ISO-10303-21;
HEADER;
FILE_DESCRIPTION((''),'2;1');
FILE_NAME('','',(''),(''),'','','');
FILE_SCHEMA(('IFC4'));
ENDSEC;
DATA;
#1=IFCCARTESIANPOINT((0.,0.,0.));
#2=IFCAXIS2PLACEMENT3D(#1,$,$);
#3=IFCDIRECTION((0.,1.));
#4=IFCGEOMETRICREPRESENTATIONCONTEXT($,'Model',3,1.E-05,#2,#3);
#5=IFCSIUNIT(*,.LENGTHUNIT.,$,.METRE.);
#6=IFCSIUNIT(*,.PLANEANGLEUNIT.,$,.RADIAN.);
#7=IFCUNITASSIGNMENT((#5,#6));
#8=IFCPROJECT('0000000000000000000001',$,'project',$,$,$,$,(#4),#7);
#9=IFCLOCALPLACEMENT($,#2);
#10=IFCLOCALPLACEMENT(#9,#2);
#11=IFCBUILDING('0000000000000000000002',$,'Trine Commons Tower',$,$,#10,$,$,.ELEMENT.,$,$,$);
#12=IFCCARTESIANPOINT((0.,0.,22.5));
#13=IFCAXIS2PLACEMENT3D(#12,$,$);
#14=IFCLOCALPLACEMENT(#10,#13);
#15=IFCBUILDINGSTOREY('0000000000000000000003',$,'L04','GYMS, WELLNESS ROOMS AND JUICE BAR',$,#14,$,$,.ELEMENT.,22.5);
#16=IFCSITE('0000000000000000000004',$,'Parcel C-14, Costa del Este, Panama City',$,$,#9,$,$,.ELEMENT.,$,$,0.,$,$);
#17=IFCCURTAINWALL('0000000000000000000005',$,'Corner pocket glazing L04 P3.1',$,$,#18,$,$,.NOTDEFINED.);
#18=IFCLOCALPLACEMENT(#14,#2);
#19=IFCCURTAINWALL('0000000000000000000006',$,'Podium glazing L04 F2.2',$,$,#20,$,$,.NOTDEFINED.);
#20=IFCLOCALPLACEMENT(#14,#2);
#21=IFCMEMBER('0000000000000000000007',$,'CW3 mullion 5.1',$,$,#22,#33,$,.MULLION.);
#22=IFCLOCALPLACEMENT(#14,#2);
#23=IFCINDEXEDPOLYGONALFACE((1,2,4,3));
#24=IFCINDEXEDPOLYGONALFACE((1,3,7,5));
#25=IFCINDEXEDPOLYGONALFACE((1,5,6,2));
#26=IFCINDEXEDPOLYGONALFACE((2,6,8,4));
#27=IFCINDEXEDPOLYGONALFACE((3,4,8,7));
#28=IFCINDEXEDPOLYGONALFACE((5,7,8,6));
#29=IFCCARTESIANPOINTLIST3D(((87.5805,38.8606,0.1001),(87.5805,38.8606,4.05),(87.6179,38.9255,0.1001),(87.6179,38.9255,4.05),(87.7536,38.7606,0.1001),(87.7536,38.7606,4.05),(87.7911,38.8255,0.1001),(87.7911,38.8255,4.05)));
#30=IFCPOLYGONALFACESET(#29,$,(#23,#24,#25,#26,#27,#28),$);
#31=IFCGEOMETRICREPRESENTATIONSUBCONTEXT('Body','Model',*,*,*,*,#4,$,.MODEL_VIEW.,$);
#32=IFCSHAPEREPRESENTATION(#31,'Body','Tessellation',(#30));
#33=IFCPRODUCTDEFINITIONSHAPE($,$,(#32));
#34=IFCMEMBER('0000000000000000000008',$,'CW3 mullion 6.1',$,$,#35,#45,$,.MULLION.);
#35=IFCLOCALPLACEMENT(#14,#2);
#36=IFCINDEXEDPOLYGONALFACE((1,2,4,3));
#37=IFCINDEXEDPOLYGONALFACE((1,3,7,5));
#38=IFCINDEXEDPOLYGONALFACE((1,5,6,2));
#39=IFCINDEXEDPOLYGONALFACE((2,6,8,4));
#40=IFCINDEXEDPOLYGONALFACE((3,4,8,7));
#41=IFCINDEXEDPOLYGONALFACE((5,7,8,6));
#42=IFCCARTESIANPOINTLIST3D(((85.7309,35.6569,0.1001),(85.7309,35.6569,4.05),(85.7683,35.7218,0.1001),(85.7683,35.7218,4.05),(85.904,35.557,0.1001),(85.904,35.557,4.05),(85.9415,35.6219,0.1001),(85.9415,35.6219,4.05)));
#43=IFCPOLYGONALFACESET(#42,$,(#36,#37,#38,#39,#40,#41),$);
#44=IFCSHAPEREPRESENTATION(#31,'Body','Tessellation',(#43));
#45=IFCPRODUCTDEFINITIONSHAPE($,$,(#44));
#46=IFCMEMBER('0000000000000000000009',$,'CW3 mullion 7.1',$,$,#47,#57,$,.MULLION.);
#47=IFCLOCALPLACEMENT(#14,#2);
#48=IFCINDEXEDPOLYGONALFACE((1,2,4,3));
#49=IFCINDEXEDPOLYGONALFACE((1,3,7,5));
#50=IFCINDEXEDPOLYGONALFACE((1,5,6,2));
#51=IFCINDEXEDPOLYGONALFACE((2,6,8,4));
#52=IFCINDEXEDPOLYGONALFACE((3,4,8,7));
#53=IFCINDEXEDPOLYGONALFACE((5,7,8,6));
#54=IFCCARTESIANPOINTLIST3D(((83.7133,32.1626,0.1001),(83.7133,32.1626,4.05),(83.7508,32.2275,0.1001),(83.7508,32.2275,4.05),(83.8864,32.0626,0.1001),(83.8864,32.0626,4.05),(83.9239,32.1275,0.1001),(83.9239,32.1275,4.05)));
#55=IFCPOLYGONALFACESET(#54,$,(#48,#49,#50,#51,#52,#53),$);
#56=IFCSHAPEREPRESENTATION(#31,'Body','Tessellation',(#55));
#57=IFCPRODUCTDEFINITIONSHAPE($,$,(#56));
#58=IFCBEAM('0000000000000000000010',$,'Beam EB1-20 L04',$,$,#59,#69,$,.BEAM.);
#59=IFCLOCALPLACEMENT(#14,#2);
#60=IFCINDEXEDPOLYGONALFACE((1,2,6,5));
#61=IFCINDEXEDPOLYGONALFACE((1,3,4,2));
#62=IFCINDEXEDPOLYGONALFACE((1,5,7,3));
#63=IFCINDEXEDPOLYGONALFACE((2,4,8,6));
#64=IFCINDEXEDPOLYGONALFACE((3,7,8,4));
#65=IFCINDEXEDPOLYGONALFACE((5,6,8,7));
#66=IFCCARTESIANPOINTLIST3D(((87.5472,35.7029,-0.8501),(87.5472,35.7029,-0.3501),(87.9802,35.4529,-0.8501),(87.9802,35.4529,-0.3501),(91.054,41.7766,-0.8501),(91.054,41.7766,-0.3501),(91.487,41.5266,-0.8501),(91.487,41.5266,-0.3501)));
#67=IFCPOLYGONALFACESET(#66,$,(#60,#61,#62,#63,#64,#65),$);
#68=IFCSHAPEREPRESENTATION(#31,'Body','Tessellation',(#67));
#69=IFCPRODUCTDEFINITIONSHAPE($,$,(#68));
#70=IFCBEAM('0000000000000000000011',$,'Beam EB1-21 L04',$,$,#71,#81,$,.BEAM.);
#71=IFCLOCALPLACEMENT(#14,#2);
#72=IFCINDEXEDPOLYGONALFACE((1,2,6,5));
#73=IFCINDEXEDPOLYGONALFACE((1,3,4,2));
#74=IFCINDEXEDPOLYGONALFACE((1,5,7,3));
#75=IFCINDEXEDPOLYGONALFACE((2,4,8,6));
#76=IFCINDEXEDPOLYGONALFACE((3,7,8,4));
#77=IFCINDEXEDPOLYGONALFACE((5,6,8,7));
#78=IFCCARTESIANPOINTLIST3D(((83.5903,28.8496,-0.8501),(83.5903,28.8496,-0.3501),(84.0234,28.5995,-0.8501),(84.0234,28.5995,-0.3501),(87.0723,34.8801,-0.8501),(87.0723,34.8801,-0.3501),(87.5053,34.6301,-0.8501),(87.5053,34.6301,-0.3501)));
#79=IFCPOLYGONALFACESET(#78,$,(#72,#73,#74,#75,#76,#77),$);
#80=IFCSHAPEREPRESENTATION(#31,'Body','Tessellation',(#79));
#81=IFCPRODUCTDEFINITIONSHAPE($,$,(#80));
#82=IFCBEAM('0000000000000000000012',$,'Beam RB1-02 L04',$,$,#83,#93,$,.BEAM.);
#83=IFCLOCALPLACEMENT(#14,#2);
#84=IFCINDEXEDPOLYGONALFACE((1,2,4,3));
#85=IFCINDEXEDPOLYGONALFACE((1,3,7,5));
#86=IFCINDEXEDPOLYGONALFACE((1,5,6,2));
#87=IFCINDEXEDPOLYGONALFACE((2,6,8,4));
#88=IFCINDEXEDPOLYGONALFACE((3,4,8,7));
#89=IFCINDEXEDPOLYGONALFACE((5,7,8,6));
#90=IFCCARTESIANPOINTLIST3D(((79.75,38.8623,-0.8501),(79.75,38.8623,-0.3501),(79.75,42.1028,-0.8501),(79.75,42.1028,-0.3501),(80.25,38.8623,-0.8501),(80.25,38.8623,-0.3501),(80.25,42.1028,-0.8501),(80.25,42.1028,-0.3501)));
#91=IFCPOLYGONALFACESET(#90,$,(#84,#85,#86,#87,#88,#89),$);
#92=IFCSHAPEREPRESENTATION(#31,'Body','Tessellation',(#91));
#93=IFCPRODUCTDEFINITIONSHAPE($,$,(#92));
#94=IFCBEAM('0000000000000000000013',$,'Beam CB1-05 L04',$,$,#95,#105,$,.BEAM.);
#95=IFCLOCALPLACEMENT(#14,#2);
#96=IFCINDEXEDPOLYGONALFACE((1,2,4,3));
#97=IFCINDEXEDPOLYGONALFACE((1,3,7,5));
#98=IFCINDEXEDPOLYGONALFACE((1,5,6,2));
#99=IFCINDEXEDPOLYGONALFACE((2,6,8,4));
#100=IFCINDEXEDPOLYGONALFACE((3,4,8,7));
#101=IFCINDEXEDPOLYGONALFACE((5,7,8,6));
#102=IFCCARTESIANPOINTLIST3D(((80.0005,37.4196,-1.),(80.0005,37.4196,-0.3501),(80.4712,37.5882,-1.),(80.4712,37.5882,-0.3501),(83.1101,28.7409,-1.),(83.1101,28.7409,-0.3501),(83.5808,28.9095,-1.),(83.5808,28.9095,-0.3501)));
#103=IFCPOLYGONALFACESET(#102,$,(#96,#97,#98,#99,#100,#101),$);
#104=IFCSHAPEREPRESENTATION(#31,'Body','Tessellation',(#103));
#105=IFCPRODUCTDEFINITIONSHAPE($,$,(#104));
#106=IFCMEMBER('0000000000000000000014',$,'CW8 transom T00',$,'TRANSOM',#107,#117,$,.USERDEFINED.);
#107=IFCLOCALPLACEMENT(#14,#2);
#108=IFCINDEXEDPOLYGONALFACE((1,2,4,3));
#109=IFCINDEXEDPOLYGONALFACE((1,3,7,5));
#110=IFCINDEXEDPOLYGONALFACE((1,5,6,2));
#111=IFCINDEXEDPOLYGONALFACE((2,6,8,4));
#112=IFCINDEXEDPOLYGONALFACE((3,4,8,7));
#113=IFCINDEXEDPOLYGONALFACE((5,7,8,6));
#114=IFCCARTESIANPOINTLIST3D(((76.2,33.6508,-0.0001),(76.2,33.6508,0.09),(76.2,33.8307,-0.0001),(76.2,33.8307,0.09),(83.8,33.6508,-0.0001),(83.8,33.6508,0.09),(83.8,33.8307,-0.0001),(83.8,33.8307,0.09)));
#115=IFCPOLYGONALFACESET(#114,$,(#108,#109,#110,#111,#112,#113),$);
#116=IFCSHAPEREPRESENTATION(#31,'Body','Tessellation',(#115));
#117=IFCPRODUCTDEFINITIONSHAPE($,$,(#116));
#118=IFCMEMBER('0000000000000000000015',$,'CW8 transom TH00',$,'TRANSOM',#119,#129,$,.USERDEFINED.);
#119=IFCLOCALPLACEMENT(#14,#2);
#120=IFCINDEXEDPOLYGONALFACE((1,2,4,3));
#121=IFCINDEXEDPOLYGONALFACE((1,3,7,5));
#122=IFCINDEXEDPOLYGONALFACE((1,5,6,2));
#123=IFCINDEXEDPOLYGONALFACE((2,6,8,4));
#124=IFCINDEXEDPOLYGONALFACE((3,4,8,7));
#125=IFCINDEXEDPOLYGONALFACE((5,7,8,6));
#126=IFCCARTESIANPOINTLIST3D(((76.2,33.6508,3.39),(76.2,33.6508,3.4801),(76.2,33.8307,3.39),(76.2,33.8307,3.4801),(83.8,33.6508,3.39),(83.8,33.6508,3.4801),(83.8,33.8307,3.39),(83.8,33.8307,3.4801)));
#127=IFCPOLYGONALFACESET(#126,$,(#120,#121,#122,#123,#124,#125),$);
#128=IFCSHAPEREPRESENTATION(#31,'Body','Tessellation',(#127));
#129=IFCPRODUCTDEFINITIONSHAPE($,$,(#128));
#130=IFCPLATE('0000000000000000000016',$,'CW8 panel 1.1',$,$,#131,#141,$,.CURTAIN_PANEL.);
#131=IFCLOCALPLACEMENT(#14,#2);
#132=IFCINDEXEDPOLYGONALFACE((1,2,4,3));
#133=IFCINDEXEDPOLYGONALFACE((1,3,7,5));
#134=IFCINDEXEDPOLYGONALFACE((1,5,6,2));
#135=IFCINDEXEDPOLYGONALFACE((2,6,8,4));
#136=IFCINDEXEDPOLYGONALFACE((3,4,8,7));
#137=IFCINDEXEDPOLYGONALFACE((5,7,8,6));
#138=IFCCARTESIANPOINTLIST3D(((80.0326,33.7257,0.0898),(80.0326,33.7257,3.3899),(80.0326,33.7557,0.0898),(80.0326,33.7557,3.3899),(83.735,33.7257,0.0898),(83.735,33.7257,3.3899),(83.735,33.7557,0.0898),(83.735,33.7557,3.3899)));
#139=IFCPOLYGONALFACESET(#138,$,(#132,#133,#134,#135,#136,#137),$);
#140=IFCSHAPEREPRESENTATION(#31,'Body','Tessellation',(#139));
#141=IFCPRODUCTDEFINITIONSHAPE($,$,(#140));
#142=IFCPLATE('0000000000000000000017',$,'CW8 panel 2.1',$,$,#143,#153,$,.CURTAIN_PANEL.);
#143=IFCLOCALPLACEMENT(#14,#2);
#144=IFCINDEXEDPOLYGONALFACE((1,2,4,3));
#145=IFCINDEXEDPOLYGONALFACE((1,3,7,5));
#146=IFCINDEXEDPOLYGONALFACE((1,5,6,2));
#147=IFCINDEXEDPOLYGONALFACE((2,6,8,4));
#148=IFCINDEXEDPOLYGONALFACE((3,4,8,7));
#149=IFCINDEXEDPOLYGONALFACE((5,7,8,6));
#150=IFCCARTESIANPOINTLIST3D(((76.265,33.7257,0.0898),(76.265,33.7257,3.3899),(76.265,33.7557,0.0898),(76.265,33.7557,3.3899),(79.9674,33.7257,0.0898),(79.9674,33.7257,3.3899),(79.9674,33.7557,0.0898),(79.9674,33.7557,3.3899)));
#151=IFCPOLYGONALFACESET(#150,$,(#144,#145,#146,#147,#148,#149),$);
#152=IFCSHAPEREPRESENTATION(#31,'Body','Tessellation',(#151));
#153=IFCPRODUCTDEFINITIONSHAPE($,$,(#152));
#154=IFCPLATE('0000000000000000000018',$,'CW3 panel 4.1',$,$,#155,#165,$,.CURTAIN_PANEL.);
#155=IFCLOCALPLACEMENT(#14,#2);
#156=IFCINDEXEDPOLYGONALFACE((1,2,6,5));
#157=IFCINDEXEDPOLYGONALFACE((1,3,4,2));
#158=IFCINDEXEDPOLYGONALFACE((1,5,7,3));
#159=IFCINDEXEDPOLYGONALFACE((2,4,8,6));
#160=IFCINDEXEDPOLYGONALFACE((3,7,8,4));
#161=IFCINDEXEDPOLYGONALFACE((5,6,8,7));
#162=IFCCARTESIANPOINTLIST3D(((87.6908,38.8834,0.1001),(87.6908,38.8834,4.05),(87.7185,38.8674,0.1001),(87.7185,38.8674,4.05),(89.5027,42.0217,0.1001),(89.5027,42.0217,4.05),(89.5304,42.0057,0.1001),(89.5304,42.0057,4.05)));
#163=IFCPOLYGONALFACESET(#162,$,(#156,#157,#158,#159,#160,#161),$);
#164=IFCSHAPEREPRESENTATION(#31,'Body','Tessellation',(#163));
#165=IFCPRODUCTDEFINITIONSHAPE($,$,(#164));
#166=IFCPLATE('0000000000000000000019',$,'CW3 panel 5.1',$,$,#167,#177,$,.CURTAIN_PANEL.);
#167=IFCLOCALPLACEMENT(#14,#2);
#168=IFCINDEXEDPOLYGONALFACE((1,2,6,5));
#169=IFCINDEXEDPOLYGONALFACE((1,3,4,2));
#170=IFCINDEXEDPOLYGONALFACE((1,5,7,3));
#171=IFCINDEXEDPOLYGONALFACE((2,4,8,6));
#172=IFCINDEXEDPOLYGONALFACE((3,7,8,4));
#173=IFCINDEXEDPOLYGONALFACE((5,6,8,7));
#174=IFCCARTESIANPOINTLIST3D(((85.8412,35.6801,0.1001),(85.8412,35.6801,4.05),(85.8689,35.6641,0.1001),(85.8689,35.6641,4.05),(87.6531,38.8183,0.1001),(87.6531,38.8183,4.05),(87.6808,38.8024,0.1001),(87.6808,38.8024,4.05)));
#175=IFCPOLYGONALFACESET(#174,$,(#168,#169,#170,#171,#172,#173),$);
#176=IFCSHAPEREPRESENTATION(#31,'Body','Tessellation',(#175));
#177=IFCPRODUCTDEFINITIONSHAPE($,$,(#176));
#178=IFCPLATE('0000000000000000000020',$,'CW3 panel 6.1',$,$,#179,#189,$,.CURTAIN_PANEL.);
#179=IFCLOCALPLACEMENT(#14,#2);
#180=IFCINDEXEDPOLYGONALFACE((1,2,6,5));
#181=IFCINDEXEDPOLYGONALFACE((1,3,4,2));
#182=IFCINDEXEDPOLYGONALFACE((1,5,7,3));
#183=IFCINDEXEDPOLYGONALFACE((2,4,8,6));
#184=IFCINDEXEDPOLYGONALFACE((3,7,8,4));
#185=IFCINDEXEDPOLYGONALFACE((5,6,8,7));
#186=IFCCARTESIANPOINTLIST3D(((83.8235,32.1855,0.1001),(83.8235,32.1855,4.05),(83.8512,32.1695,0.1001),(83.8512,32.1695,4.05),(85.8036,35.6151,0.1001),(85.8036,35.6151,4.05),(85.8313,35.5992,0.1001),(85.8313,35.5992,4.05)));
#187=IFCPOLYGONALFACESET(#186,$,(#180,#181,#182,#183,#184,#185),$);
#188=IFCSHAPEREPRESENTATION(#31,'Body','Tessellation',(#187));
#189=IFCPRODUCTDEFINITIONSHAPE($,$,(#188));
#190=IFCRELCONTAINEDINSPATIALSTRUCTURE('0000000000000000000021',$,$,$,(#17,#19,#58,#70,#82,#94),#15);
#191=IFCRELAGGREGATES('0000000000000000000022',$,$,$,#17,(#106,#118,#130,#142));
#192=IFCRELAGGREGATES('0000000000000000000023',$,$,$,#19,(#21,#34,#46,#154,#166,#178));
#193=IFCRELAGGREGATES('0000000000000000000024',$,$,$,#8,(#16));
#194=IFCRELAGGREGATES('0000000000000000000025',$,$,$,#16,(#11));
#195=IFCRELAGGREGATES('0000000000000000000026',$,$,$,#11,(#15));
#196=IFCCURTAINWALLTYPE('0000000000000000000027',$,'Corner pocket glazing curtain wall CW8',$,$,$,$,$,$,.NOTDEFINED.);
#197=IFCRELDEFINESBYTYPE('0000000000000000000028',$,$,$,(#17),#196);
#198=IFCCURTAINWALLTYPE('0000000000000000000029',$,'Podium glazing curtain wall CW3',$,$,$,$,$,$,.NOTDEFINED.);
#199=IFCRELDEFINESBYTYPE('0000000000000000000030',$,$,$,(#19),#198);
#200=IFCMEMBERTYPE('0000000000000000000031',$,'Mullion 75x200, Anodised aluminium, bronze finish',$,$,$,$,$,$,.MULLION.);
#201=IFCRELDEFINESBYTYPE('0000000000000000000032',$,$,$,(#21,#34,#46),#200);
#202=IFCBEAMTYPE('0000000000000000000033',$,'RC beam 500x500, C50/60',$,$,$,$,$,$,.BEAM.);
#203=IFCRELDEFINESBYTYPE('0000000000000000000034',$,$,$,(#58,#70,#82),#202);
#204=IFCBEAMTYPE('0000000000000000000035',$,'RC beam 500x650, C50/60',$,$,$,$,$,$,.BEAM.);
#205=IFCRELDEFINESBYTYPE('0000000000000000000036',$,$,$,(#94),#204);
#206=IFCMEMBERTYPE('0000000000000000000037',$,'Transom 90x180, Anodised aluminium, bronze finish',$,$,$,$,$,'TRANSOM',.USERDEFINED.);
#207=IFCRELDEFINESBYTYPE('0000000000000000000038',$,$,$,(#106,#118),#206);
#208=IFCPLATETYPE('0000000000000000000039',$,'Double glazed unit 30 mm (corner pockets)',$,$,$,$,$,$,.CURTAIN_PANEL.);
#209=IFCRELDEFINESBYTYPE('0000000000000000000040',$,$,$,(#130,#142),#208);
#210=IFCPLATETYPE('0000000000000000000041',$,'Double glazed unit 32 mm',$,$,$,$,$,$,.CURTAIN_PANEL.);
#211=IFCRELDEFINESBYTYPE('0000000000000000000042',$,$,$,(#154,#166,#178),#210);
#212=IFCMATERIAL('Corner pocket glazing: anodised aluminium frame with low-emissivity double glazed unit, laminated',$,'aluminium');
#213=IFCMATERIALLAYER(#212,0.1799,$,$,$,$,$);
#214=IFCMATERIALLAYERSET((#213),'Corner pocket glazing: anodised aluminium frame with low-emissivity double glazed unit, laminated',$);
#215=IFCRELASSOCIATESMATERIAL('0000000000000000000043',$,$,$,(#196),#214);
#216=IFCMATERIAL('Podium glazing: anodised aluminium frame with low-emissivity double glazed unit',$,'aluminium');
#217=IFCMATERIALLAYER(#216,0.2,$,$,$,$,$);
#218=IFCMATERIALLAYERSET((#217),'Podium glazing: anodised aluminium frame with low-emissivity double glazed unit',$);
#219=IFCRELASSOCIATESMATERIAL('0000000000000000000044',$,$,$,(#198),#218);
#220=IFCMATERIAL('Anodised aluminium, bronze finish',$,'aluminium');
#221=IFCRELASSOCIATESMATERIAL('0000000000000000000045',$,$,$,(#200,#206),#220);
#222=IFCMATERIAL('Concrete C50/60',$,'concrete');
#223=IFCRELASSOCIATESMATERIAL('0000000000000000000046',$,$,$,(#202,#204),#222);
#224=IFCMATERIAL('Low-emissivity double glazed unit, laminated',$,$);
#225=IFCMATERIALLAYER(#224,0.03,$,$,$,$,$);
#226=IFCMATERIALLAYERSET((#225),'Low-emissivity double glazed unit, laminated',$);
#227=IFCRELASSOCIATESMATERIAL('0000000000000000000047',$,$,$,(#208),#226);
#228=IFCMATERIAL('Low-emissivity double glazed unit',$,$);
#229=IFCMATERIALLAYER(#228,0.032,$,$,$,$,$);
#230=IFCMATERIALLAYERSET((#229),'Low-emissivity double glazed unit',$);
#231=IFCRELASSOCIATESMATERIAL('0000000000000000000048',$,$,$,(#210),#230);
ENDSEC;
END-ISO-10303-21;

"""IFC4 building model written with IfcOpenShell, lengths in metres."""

from ifc_helpers import new_model, si_unit, direction, frame, origin, origin_2d, place, context, subcontext, project, spatial, rectangle, extrude, material, layer, layer_set, material_profile, profile_set, type_object, element, aggregate, save


model = new_model("IFC4")

# Units and contexts
model_context = context("Model", 3, precision=1e-05, world=origin(), true_north=direction((0.0, 1.0)))
body_context = subcontext(model_context, "Body", "Model", "MODEL_VIEW")
ifc_project = project(units=[si_unit("LENGTHUNIT", "METRE"), si_unit("PLANEANGLEUNIT", "RADIAN")], contexts=[model_context])

# Site, building, storey
site_placement = place(None, origin())
site = spatial("IfcSite", under=ifc_project, at=site_placement, Name="Parcel C-14, Costa del Este, Panama City", CompositionType="ELEMENT", RefElevation=0.0)
building_placement = place(site_placement, origin())
building = spatial("IfcBuilding", under=site, at=building_placement, Name="Trine Commons Tower", CompositionType="ELEMENT")
storey_placement = place(building_placement, frame((0.0, 0.0, 22.5)))
storey = spatial("IfcBuildingStorey", under=building, at=storey_placement, Name="L04", Description="GYMS, WELLNESS ROOMS AND JUICE BAR", CompositionType="ELEMENT", Elevation=22.5)

# Curtain walls, members
ifc_material_1 = material(Name="Corner pocket glazing: anodised aluminium frame with low-emissivity double glazed unit, laminated", Category="aluminium")
ifc_layer_1 = layer(ifc_material_1, 0.1799)
ifc_layer_set_1 = layer_set([ifc_layer_1], Name="Corner pocket glazing: anodised aluminium frame with low-emissivity double glazed unit, laminated")
curtain_wall_type_1 = type_object("IfcCurtainWallType", Name="Corner pocket glazing curtain wall CW8", PredefinedType="NOTDEFINED", material=ifc_layer_set_1)
curtain_wall_1_placement = place(storey_placement, origin())
curtain_wall_1 = element("IfcCurtainWall", 1, at=curtain_wall_1_placement, inside=storey, type_object=curtain_wall_type_1, Name="Corner pocket glazing L04 P3.1", PredefinedType="NOTDEFINED")
ifc_material_2 = material(Name="Anodised aluminium, bronze finish", Category="aluminium")
ifc_material_3 = material(Name="Podium glazing: anodised aluminium frame with low-emissivity double glazed unit", Category="aluminium")
ifc_layer_2 = layer(ifc_material_3, 0.2)
ifc_layer_set_2 = layer_set([ifc_layer_2], Name="Podium glazing: anodised aluminium frame with low-emissivity double glazed unit")
curtain_wall_type_2 = type_object("IfcCurtainWallType", Name="Podium glazing curtain wall CW3", PredefinedType="NOTDEFINED", material=ifc_layer_set_2)
curtain_wall_2_placement = place(storey_placement, origin())
curtain_wall_2 = element("IfcCurtainWall", 2, at=curtain_wall_2_placement, inside=storey, type_object=curtain_wall_type_2, Name="Podium glazing L04 F2.2", PredefinedType="NOTDEFINED")
ifc_material_profile_1 = material_profile(ifc_material_2, rectangle(XDim=0.2, YDim=0.075, at=origin_2d()), Name="Mullion 75x200")
ifc_profile_set_1 = profile_set([ifc_material_profile_1], Name="Anodised aluminium, bronze finish")
member_type_1 = type_object("IfcMemberType", Name="Mullion 75x200, Anodised aluminium, bronze finish", PredefinedType="MULLION", material=ifc_profile_set_1)
member_1_placement = place(storey_placement, frame((87.6858, 38.843, 0.1001), z_axis=(0.0, 0.0, 1.0), x_axis=(0.866025, -0.5, 0.0)))
member_1 = element("IfcMember", 3, at=member_1_placement, type_object=member_type_1, Name="CW3 mullion 5.1", PredefinedType="MULLION", context=body_context, shape_type="SweptSolid", body=[
    extrude(rectangle(XDim=0.2, YDim=0.075, at=origin_2d()), origin(), (0.0, 0.0, 1.0), 3.95),
])
member_2_placement = place(storey_placement, frame((85.8362, 35.6394, 0.1001), z_axis=(0.0, 0.0, 1.0), x_axis=(0.866025, -0.5, 0.0)))
member_2 = element("IfcMember", 4, at=member_2_placement, type_object=member_type_1, Name="CW3 mullion 6.1", PredefinedType="MULLION", context=body_context, shape_type="SweptSolid", body=[
    extrude(rectangle(XDim=0.2, YDim=0.075, at=origin_2d()), origin(), (0.0, 0.0, 1.0), 3.95),
])
member_3_placement = place(storey_placement, frame((83.8186, 32.145, 0.1001), z_axis=(0.0, 0.0, 1.0), x_axis=(0.866025, -0.5, 0.0)))
member_3 = element("IfcMember", 5, at=member_3_placement, type_object=member_type_1, Name="CW3 mullion 7.1", PredefinedType="MULLION", context=body_context, shape_type="SweptSolid", body=[
    extrude(rectangle(XDim=0.2, YDim=0.075, at=origin_2d()), origin(), (0.0, 0.0, 1.0), 3.95),
])

# Beams
ifc_material_4 = material(Name="Concrete C50/60", Category="concrete")
ifc_material_profile_2 = material_profile(ifc_material_4, rectangle(XDim=0.5, YDim=0.5, at=origin_2d()), Name="RC 500x500")
ifc_profile_set_2 = profile_set([ifc_material_profile_2], Name="Concrete C50/60")
beam_type_1 = type_object("IfcBeamType", Name="RC beam 500x500, C50/60", PredefinedType="BEAM", material=ifc_profile_set_2)
beam_1_placement = place(storey_placement, frame((91.2705, 41.6516, -0.6001), z_axis=(-0.500018, -0.866015, 0.0), x_axis=(0.866015, -0.500018, 0.0)))
element("IfcBeam", 6, at=beam_1_placement, inside=storey, type_object=beam_type_1, Name="Beam EB1-20 L04", PredefinedType="BEAM", context=body_context, shape_type="SweptSolid", body=[
    extrude(rectangle(XDim=0.5, YDim=0.5, at=origin_2d()), origin(), (0.0, 0.0, 1.0), 7.0134),
])
beam_2_placement = place(storey_placement, frame((87.2888, 34.7551, -0.6001), z_axis=(-0.500023, -0.866012, 0.0), x_axis=(0.866012, -0.500023, 0.0)))
element("IfcBeam", 7, at=beam_2_placement, inside=storey, type_object=beam_type_1, Name="Beam EB1-21 L04", PredefinedType="BEAM", context=body_context, shape_type="SweptSolid", body=[
    extrude(rectangle(XDim=0.5, YDim=0.5, at=origin_2d()), origin(), (0.0, 0.0, 1.0), 6.9636),
])
beam_3_placement = place(storey_placement, frame((80.0, 42.1028, -0.6001), z_axis=(0.0, -1.0, 0.0), x_axis=(1.0, 0.0, 0.0)))
element("IfcBeam", 8, at=beam_3_placement, inside=storey, type_object=beam_type_1, Name="Beam RB1-02 L04", PredefinedType="BEAM", context=body_context, shape_type="SweptSolid", body=[
    extrude(rectangle(XDim=0.5, YDim=0.5, at=origin_2d()), origin(), (0.0, 0.0, 1.0), 3.2405),
])
ifc_material_profile_3 = material_profile(ifc_material_4, rectangle(XDim=0.5, YDim=0.6499, at=origin_2d()), Name="RC 500x650")
ifc_profile_set_3 = profile_set([ifc_material_profile_3], Name="Concrete C50/60")
beam_type_2 = type_object("IfcBeamType", Name="RC beam 500x650, C50/60", PredefinedType="BEAM", material=ifc_profile_set_3)
beam_4_placement = place(storey_placement, frame((83.3455, 28.8252, -0.675), z_axis=(-0.337306, 0.941395, 0.0), x_axis=(-0.941395, -0.337306, 0.0)))
element("IfcBeam", 9, at=beam_4_placement, inside=storey, type_object=beam_type_2, Name="Beam CB1-05 L04", PredefinedType="BEAM", context=body_context, shape_type="SweptSolid", body=[
    extrude(rectangle(XDim=0.5, YDim=0.6499, at=origin_2d()), origin(), (0.0, 0.0, 1.0), 9.219),
])

# Members
ifc_material_profile_4 = material_profile(ifc_material_2, rectangle(XDim=0.1799, YDim=0.0901, at=origin_2d()), Name="Transom 90x180")
ifc_profile_set_4 = profile_set([ifc_material_profile_4], Name="Anodised aluminium, bronze finish")
member_type_2 = type_object("IfcMemberType", Name="Transom 90x180, Anodised aluminium, bronze finish", ElementType="TRANSOM", PredefinedType="USERDEFINED", material=ifc_profile_set_4)
member_4_placement = place(storey_placement, frame((83.8, 33.7407, 0.0449), z_axis=(-1.0, 0.0, 0.0), x_axis=(0.0, -1.0, 0.0)))
member_4 = element("IfcMember", 10, at=member_4_placement, type_object=member_type_2, Name="CW8 transom T00", ObjectType="TRANSOM", PredefinedType="USERDEFINED", context=body_context, shape_type="SweptSolid", body=[
    extrude(rectangle(XDim=0.1799, YDim=0.0901, at=origin_2d()), origin(), (0.0, 0.0, 1.0), 7.6001),
])
member_5_placement = place(storey_placement, frame((83.8, 33.7407, 3.4351), z_axis=(-1.0, 0.0, 0.0), x_axis=(0.0, -1.0, 0.0)))
member_5 = element("IfcMember", 11, at=member_5_placement, type_object=member_type_2, Name="CW8 transom TH00", ObjectType="TRANSOM", PredefinedType="USERDEFINED", context=body_context, shape_type="SweptSolid", body=[
    extrude(rectangle(XDim=0.1799, YDim=0.0901, at=origin_2d()), origin(), (0.0, 0.0, 1.0), 7.6001),
])

# Plates
ifc_material_5 = material(Name="Low-emissivity double glazed unit, laminated")
ifc_layer_3 = layer(ifc_material_5, 0.03)
ifc_layer_set_3 = layer_set([ifc_layer_3], Name="Low-emissivity double glazed unit, laminated")
plate_type_1 = type_object("IfcPlateType", Name="Double glazed unit 30 mm (corner pockets)", PredefinedType="CURTAIN_PANEL", material=ifc_layer_set_3)
plate_1_placement = place(storey_placement, frame((81.8838, 33.7407, 0.0898), z_axis=(0.0, 0.0, 1.0), x_axis=(-1.0, 0.0, 0.0)))
plate_1 = element("IfcPlate", 12, at=plate_1_placement, type_object=plate_type_1, Name="CW8 panel 1.1", PredefinedType="CURTAIN_PANEL", context=body_context, shape_type="SweptSolid", body=[
    extrude(rectangle(XDim=3.7024, YDim=0.03, at=origin_2d()), origin(), (0.0, 0.0, 1.0), 3.3),
])
plate_2_placement = place(storey_placement, frame((78.1162, 33.7407, 0.0898), z_axis=(0.0, 0.0, 1.0), x_axis=(-1.0, 0.0, 0.0)))
plate_2 = element("IfcPlate", 13, at=plate_2_placement, type_object=plate_type_1, Name="CW8 panel 2.1", PredefinedType="CURTAIN_PANEL", context=body_context, shape_type="SweptSolid", body=[
    extrude(rectangle(XDim=3.7024, YDim=0.03, at=origin_2d()), origin(), (0.0, 0.0, 1.0), 3.3),
])
aggregate(curtain_wall_1, [member_4, member_5, plate_1, plate_2])
ifc_material_6 = material(Name="Low-emissivity double glazed unit")
ifc_layer_4 = layer(ifc_material_6, 0.032)
ifc_layer_set_4 = layer_set([ifc_layer_4], Name="Low-emissivity double glazed unit")
plate_type_2 = type_object("IfcPlateType", Name="Double glazed unit 32 mm", PredefinedType="CURTAIN_PANEL", material=ifc_layer_set_4)
plate_3_placement = place(storey_placement, frame((88.6106, 40.4446, 0.1001), z_axis=(0.0, 0.0, 1.0), x_axis=(-0.5, -0.866025, 0.0)))
plate_3 = element("IfcPlate", 14, at=plate_3_placement, type_object=plate_type_2, Name="CW3 panel 4.1", PredefinedType="CURTAIN_PANEL", context=body_context, shape_type="SweptSolid", body=[
    extrude(rectangle(XDim=3.6238, YDim=0.032, at=origin_2d()), origin(), (0.0, 0.0, 1.0), 3.95),
])
plate_4_placement = place(storey_placement, frame((86.761, 37.2412, 0.1001), z_axis=(0.0, 0.0, 1.0), x_axis=(-0.5, -0.866025, 0.0)))
plate_4 = element("IfcPlate", 15, at=plate_4_placement, type_object=plate_type_2, Name="CW3 panel 5.1", PredefinedType="CURTAIN_PANEL", context=body_context, shape_type="SweptSolid", body=[
    extrude(rectangle(XDim=3.6238, YDim=0.032, at=origin_2d()), origin(), (0.0, 0.0, 1.0), 3.95),
])
plate_5_placement = place(storey_placement, frame((84.8274, 33.8923, 0.1001), z_axis=(0.0, 0.0, 1.0), x_axis=(-0.5, -0.866025, 0.0)))
plate_5 = element("IfcPlate", 16, at=plate_5_placement, type_object=plate_type_2, Name="CW3 panel 6.1", PredefinedType="CURTAIN_PANEL", context=body_context, shape_type="SweptSolid", body=[
    extrude(rectangle(XDim=3.9602, YDim=0.032, at=origin_2d()), origin(), (0.0, 0.0, 1.0), 3.95),
])
aggregate(curtain_wall_2, [member_1, member_2, member_3, plate_3, plate_4, plate_5])

save(model, "model.ifc")
